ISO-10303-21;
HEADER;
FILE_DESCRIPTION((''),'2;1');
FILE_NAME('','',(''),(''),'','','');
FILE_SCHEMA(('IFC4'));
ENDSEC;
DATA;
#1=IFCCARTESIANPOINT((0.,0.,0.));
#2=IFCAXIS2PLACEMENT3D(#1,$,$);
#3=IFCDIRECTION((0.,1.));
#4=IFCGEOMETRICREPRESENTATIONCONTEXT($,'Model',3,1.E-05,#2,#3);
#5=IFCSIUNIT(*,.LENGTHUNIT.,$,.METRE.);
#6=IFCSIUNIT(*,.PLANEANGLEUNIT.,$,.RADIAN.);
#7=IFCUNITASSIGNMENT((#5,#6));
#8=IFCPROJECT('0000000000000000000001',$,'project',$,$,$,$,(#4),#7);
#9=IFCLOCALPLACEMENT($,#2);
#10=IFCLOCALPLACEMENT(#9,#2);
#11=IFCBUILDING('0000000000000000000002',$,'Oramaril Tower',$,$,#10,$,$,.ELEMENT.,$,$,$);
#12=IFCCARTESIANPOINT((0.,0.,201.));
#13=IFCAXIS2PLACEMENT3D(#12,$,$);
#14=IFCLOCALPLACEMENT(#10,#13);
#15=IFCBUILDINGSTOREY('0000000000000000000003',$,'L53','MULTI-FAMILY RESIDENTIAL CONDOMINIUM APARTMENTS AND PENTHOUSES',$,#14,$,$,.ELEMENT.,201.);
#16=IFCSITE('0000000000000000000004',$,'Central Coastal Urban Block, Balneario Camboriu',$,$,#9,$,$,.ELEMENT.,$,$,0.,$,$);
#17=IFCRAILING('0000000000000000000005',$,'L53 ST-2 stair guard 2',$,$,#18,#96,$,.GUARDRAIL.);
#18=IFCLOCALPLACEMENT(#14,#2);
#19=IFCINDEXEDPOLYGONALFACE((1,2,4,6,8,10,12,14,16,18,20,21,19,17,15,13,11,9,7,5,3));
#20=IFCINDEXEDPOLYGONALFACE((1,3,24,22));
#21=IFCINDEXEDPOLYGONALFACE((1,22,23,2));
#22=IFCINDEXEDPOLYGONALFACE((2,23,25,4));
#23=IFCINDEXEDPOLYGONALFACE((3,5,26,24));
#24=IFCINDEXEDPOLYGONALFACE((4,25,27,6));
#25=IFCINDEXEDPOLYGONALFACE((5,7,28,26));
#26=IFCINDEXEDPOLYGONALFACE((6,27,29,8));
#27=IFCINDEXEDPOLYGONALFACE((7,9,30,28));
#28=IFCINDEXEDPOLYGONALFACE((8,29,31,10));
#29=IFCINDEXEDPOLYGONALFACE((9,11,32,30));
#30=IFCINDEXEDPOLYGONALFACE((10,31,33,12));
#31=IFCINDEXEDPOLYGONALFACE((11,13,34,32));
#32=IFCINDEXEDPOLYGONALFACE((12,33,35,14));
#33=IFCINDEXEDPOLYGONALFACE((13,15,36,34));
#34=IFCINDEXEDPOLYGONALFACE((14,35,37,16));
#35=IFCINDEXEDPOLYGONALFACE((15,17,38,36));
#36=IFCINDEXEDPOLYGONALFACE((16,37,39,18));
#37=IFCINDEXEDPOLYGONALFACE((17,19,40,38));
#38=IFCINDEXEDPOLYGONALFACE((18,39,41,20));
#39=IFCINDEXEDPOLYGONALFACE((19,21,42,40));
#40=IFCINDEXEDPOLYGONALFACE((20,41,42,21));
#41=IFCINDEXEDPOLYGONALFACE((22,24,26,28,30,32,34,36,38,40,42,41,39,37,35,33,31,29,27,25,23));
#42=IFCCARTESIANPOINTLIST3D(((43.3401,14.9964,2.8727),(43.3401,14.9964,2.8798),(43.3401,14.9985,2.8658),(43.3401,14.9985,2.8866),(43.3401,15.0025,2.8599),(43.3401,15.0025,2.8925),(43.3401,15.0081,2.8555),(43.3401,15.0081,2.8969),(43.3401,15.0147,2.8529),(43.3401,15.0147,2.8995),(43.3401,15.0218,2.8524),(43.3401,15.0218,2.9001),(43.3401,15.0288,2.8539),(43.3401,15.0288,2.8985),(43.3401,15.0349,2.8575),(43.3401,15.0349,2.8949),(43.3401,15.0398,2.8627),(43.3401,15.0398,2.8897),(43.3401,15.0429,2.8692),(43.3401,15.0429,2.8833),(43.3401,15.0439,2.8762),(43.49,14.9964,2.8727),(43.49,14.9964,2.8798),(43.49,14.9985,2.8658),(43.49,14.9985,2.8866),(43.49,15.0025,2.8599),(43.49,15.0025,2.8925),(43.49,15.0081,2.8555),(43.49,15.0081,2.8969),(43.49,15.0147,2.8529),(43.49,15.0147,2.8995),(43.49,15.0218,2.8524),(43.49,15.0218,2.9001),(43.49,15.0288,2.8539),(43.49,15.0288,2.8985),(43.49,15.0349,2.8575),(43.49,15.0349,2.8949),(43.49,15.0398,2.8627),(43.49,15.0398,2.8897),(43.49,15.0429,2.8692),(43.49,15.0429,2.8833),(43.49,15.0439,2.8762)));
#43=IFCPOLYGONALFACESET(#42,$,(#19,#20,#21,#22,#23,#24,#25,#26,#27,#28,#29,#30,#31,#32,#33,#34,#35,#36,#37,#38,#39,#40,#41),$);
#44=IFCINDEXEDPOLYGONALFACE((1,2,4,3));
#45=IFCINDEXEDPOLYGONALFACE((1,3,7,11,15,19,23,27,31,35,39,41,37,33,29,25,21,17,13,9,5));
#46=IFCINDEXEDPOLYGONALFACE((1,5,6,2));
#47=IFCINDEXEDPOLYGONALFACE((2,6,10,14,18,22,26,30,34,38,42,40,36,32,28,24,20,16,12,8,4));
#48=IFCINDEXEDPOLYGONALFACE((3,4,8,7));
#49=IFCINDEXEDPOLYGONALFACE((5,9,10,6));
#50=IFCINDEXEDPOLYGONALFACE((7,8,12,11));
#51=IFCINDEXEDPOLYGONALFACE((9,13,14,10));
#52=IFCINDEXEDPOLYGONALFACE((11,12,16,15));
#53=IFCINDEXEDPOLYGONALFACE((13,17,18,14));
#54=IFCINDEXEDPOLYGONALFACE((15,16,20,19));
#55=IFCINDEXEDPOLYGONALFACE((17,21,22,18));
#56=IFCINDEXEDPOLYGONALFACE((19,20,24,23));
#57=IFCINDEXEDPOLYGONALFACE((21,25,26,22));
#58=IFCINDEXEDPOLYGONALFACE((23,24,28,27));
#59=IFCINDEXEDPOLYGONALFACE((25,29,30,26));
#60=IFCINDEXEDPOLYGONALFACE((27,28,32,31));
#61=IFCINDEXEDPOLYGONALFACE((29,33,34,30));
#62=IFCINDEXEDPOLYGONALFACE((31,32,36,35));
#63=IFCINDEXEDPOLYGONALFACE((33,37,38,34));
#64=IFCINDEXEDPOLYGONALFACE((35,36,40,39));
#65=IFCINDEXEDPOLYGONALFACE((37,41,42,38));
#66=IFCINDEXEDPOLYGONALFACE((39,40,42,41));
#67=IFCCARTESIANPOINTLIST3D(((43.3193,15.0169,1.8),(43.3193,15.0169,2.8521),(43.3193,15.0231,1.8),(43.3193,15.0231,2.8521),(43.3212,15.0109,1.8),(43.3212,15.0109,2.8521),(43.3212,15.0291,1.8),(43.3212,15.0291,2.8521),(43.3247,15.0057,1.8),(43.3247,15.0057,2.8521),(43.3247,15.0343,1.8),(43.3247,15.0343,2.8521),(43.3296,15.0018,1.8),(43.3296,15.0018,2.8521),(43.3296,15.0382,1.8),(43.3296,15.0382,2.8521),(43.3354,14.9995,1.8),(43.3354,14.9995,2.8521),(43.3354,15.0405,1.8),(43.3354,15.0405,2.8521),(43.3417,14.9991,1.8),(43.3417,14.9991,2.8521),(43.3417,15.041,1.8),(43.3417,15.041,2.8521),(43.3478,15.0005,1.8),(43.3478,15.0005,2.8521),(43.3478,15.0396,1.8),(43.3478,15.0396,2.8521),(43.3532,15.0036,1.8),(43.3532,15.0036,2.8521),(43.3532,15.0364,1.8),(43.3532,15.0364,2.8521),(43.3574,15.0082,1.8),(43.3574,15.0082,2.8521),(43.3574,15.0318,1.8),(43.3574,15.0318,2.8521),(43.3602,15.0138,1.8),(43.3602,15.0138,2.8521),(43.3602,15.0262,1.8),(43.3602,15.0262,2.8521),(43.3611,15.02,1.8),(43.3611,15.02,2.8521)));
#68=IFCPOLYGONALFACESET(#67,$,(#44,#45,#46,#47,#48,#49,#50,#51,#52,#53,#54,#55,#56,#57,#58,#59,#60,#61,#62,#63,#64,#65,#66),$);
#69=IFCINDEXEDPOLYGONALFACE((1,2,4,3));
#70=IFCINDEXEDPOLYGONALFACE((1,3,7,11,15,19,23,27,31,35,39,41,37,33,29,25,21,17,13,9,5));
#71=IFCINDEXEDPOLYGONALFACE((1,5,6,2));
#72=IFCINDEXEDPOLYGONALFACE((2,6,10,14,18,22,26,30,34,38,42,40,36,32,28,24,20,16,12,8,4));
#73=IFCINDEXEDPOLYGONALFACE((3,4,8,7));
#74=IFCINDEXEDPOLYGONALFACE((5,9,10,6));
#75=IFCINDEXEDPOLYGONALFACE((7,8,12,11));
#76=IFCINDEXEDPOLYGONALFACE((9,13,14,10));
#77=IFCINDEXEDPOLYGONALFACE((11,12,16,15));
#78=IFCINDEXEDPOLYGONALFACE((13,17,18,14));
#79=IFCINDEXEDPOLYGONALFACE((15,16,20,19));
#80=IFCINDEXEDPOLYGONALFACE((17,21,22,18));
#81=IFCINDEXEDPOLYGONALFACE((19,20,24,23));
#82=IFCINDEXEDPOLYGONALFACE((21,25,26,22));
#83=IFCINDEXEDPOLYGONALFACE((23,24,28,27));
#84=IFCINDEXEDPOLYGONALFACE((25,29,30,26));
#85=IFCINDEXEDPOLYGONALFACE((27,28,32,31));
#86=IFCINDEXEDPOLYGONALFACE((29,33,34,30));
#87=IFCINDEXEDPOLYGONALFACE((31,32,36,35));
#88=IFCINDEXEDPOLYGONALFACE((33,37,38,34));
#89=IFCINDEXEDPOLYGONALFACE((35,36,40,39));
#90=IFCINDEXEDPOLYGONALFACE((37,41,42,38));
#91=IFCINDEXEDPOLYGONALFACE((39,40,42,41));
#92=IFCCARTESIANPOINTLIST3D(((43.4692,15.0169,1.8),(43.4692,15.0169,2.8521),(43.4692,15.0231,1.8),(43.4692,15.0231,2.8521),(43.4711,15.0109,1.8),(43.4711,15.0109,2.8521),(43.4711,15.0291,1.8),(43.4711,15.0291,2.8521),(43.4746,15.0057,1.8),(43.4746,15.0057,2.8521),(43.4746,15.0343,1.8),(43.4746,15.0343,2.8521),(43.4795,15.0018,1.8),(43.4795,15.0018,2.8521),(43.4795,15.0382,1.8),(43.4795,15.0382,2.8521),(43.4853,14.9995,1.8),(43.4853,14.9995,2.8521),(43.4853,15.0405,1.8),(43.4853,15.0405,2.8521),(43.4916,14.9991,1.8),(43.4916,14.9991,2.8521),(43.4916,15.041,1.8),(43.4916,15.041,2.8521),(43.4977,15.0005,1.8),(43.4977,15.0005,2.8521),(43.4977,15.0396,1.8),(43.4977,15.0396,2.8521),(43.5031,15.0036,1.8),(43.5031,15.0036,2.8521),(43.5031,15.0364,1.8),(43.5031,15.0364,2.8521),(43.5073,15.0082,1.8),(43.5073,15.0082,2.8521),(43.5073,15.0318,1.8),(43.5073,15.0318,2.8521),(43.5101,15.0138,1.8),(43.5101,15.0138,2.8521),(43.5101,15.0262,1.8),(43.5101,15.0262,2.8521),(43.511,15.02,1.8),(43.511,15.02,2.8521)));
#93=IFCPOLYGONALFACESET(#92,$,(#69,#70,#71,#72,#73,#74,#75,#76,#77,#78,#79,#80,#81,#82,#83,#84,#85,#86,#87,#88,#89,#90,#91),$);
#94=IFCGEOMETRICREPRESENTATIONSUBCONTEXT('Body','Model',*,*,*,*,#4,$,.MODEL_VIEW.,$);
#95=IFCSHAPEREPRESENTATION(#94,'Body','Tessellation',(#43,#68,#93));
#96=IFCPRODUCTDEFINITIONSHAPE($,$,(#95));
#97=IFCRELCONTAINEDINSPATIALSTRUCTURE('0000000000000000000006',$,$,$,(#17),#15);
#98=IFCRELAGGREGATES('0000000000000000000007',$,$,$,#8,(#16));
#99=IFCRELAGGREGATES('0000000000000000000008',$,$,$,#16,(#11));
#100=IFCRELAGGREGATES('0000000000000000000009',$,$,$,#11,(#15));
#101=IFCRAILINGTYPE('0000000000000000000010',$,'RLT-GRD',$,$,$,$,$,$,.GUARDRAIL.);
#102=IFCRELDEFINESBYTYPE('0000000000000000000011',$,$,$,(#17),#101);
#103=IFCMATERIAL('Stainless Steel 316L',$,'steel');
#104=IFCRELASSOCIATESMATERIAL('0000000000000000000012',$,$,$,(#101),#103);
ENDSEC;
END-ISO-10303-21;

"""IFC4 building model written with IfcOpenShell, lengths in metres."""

from ifc_helpers import new_model, si_unit, direction, frame, origin, origin_2d, place, context, subcontext, project, spatial, circle, extrude, material, type_object, element, save


model = new_model("IFC4")

# Units and contexts
model_context = context("Model", 3, precision=1e-05, world=origin(), true_north=direction((0.0, 1.0)))
body_context = subcontext(model_context, "Body", "Model", "MODEL_VIEW")
ifc_project = project(units=[si_unit("LENGTHUNIT", "METRE"), si_unit("PLANEANGLEUNIT", "RADIAN")], contexts=[model_context])

# Site, building, storey
site_placement = place(None, origin())
site = spatial("IfcSite", under=ifc_project, at=site_placement, Name="Central Coastal Urban Block, Balneario Camboriu", CompositionType="ELEMENT", RefElevation=0.0)
building_placement = place(site_placement, origin())
building = spatial("IfcBuilding", under=site, at=building_placement, Name="Oramaril Tower", CompositionType="ELEMENT")
storey_placement = place(building_placement, frame((0.0, 0.0, 201.0)))
storey = spatial("IfcBuildingStorey", under=building, at=storey_placement, Name="L53", Description="MULTI-FAMILY RESIDENTIAL CONDOMINIUM APARTMENTS AND PENTHOUSES", CompositionType="ELEMENT", Elevation=201.0)

# Railing
ifc_material_1 = material(Name="Stainless Steel 316L", Category="steel")
railing_type_1 = type_object("IfcRailingType", Name="RLT-GRD", PredefinedType="GUARDRAIL", material=ifc_material_1)
railing_1_placement = place(storey_placement, frame((43.3401, 15.02, 1.8)))
element("IfcRailing", 1, at=railing_1_placement, inside=storey, type_object=railing_type_1, Name="L53 ST-2 stair guard 2", PredefinedType="GUARDRAIL", context=body_context, shape_type="SweptSolid", body=[
    extrude(circle(Radius=0.0239, at=origin_2d()), frame((0.0, 0.0, 1.0762), z_axis=(1.0, 0.0, 0.0), x_axis=(0.0, 1.0, 0.0)), (0.0, 0.0, 1.0), 0.1499),
    extrude(circle(Radius=0.021, at=origin_2d()), origin(), (0.0, 0.0, 1.0), 1.052),
    extrude(circle(Radius=0.021, at=origin_2d()), frame((0.1499, 0.0, 0.0)), (0.0, 0.0, 1.0), 1.052),
])

save(model, "model.ifc")
